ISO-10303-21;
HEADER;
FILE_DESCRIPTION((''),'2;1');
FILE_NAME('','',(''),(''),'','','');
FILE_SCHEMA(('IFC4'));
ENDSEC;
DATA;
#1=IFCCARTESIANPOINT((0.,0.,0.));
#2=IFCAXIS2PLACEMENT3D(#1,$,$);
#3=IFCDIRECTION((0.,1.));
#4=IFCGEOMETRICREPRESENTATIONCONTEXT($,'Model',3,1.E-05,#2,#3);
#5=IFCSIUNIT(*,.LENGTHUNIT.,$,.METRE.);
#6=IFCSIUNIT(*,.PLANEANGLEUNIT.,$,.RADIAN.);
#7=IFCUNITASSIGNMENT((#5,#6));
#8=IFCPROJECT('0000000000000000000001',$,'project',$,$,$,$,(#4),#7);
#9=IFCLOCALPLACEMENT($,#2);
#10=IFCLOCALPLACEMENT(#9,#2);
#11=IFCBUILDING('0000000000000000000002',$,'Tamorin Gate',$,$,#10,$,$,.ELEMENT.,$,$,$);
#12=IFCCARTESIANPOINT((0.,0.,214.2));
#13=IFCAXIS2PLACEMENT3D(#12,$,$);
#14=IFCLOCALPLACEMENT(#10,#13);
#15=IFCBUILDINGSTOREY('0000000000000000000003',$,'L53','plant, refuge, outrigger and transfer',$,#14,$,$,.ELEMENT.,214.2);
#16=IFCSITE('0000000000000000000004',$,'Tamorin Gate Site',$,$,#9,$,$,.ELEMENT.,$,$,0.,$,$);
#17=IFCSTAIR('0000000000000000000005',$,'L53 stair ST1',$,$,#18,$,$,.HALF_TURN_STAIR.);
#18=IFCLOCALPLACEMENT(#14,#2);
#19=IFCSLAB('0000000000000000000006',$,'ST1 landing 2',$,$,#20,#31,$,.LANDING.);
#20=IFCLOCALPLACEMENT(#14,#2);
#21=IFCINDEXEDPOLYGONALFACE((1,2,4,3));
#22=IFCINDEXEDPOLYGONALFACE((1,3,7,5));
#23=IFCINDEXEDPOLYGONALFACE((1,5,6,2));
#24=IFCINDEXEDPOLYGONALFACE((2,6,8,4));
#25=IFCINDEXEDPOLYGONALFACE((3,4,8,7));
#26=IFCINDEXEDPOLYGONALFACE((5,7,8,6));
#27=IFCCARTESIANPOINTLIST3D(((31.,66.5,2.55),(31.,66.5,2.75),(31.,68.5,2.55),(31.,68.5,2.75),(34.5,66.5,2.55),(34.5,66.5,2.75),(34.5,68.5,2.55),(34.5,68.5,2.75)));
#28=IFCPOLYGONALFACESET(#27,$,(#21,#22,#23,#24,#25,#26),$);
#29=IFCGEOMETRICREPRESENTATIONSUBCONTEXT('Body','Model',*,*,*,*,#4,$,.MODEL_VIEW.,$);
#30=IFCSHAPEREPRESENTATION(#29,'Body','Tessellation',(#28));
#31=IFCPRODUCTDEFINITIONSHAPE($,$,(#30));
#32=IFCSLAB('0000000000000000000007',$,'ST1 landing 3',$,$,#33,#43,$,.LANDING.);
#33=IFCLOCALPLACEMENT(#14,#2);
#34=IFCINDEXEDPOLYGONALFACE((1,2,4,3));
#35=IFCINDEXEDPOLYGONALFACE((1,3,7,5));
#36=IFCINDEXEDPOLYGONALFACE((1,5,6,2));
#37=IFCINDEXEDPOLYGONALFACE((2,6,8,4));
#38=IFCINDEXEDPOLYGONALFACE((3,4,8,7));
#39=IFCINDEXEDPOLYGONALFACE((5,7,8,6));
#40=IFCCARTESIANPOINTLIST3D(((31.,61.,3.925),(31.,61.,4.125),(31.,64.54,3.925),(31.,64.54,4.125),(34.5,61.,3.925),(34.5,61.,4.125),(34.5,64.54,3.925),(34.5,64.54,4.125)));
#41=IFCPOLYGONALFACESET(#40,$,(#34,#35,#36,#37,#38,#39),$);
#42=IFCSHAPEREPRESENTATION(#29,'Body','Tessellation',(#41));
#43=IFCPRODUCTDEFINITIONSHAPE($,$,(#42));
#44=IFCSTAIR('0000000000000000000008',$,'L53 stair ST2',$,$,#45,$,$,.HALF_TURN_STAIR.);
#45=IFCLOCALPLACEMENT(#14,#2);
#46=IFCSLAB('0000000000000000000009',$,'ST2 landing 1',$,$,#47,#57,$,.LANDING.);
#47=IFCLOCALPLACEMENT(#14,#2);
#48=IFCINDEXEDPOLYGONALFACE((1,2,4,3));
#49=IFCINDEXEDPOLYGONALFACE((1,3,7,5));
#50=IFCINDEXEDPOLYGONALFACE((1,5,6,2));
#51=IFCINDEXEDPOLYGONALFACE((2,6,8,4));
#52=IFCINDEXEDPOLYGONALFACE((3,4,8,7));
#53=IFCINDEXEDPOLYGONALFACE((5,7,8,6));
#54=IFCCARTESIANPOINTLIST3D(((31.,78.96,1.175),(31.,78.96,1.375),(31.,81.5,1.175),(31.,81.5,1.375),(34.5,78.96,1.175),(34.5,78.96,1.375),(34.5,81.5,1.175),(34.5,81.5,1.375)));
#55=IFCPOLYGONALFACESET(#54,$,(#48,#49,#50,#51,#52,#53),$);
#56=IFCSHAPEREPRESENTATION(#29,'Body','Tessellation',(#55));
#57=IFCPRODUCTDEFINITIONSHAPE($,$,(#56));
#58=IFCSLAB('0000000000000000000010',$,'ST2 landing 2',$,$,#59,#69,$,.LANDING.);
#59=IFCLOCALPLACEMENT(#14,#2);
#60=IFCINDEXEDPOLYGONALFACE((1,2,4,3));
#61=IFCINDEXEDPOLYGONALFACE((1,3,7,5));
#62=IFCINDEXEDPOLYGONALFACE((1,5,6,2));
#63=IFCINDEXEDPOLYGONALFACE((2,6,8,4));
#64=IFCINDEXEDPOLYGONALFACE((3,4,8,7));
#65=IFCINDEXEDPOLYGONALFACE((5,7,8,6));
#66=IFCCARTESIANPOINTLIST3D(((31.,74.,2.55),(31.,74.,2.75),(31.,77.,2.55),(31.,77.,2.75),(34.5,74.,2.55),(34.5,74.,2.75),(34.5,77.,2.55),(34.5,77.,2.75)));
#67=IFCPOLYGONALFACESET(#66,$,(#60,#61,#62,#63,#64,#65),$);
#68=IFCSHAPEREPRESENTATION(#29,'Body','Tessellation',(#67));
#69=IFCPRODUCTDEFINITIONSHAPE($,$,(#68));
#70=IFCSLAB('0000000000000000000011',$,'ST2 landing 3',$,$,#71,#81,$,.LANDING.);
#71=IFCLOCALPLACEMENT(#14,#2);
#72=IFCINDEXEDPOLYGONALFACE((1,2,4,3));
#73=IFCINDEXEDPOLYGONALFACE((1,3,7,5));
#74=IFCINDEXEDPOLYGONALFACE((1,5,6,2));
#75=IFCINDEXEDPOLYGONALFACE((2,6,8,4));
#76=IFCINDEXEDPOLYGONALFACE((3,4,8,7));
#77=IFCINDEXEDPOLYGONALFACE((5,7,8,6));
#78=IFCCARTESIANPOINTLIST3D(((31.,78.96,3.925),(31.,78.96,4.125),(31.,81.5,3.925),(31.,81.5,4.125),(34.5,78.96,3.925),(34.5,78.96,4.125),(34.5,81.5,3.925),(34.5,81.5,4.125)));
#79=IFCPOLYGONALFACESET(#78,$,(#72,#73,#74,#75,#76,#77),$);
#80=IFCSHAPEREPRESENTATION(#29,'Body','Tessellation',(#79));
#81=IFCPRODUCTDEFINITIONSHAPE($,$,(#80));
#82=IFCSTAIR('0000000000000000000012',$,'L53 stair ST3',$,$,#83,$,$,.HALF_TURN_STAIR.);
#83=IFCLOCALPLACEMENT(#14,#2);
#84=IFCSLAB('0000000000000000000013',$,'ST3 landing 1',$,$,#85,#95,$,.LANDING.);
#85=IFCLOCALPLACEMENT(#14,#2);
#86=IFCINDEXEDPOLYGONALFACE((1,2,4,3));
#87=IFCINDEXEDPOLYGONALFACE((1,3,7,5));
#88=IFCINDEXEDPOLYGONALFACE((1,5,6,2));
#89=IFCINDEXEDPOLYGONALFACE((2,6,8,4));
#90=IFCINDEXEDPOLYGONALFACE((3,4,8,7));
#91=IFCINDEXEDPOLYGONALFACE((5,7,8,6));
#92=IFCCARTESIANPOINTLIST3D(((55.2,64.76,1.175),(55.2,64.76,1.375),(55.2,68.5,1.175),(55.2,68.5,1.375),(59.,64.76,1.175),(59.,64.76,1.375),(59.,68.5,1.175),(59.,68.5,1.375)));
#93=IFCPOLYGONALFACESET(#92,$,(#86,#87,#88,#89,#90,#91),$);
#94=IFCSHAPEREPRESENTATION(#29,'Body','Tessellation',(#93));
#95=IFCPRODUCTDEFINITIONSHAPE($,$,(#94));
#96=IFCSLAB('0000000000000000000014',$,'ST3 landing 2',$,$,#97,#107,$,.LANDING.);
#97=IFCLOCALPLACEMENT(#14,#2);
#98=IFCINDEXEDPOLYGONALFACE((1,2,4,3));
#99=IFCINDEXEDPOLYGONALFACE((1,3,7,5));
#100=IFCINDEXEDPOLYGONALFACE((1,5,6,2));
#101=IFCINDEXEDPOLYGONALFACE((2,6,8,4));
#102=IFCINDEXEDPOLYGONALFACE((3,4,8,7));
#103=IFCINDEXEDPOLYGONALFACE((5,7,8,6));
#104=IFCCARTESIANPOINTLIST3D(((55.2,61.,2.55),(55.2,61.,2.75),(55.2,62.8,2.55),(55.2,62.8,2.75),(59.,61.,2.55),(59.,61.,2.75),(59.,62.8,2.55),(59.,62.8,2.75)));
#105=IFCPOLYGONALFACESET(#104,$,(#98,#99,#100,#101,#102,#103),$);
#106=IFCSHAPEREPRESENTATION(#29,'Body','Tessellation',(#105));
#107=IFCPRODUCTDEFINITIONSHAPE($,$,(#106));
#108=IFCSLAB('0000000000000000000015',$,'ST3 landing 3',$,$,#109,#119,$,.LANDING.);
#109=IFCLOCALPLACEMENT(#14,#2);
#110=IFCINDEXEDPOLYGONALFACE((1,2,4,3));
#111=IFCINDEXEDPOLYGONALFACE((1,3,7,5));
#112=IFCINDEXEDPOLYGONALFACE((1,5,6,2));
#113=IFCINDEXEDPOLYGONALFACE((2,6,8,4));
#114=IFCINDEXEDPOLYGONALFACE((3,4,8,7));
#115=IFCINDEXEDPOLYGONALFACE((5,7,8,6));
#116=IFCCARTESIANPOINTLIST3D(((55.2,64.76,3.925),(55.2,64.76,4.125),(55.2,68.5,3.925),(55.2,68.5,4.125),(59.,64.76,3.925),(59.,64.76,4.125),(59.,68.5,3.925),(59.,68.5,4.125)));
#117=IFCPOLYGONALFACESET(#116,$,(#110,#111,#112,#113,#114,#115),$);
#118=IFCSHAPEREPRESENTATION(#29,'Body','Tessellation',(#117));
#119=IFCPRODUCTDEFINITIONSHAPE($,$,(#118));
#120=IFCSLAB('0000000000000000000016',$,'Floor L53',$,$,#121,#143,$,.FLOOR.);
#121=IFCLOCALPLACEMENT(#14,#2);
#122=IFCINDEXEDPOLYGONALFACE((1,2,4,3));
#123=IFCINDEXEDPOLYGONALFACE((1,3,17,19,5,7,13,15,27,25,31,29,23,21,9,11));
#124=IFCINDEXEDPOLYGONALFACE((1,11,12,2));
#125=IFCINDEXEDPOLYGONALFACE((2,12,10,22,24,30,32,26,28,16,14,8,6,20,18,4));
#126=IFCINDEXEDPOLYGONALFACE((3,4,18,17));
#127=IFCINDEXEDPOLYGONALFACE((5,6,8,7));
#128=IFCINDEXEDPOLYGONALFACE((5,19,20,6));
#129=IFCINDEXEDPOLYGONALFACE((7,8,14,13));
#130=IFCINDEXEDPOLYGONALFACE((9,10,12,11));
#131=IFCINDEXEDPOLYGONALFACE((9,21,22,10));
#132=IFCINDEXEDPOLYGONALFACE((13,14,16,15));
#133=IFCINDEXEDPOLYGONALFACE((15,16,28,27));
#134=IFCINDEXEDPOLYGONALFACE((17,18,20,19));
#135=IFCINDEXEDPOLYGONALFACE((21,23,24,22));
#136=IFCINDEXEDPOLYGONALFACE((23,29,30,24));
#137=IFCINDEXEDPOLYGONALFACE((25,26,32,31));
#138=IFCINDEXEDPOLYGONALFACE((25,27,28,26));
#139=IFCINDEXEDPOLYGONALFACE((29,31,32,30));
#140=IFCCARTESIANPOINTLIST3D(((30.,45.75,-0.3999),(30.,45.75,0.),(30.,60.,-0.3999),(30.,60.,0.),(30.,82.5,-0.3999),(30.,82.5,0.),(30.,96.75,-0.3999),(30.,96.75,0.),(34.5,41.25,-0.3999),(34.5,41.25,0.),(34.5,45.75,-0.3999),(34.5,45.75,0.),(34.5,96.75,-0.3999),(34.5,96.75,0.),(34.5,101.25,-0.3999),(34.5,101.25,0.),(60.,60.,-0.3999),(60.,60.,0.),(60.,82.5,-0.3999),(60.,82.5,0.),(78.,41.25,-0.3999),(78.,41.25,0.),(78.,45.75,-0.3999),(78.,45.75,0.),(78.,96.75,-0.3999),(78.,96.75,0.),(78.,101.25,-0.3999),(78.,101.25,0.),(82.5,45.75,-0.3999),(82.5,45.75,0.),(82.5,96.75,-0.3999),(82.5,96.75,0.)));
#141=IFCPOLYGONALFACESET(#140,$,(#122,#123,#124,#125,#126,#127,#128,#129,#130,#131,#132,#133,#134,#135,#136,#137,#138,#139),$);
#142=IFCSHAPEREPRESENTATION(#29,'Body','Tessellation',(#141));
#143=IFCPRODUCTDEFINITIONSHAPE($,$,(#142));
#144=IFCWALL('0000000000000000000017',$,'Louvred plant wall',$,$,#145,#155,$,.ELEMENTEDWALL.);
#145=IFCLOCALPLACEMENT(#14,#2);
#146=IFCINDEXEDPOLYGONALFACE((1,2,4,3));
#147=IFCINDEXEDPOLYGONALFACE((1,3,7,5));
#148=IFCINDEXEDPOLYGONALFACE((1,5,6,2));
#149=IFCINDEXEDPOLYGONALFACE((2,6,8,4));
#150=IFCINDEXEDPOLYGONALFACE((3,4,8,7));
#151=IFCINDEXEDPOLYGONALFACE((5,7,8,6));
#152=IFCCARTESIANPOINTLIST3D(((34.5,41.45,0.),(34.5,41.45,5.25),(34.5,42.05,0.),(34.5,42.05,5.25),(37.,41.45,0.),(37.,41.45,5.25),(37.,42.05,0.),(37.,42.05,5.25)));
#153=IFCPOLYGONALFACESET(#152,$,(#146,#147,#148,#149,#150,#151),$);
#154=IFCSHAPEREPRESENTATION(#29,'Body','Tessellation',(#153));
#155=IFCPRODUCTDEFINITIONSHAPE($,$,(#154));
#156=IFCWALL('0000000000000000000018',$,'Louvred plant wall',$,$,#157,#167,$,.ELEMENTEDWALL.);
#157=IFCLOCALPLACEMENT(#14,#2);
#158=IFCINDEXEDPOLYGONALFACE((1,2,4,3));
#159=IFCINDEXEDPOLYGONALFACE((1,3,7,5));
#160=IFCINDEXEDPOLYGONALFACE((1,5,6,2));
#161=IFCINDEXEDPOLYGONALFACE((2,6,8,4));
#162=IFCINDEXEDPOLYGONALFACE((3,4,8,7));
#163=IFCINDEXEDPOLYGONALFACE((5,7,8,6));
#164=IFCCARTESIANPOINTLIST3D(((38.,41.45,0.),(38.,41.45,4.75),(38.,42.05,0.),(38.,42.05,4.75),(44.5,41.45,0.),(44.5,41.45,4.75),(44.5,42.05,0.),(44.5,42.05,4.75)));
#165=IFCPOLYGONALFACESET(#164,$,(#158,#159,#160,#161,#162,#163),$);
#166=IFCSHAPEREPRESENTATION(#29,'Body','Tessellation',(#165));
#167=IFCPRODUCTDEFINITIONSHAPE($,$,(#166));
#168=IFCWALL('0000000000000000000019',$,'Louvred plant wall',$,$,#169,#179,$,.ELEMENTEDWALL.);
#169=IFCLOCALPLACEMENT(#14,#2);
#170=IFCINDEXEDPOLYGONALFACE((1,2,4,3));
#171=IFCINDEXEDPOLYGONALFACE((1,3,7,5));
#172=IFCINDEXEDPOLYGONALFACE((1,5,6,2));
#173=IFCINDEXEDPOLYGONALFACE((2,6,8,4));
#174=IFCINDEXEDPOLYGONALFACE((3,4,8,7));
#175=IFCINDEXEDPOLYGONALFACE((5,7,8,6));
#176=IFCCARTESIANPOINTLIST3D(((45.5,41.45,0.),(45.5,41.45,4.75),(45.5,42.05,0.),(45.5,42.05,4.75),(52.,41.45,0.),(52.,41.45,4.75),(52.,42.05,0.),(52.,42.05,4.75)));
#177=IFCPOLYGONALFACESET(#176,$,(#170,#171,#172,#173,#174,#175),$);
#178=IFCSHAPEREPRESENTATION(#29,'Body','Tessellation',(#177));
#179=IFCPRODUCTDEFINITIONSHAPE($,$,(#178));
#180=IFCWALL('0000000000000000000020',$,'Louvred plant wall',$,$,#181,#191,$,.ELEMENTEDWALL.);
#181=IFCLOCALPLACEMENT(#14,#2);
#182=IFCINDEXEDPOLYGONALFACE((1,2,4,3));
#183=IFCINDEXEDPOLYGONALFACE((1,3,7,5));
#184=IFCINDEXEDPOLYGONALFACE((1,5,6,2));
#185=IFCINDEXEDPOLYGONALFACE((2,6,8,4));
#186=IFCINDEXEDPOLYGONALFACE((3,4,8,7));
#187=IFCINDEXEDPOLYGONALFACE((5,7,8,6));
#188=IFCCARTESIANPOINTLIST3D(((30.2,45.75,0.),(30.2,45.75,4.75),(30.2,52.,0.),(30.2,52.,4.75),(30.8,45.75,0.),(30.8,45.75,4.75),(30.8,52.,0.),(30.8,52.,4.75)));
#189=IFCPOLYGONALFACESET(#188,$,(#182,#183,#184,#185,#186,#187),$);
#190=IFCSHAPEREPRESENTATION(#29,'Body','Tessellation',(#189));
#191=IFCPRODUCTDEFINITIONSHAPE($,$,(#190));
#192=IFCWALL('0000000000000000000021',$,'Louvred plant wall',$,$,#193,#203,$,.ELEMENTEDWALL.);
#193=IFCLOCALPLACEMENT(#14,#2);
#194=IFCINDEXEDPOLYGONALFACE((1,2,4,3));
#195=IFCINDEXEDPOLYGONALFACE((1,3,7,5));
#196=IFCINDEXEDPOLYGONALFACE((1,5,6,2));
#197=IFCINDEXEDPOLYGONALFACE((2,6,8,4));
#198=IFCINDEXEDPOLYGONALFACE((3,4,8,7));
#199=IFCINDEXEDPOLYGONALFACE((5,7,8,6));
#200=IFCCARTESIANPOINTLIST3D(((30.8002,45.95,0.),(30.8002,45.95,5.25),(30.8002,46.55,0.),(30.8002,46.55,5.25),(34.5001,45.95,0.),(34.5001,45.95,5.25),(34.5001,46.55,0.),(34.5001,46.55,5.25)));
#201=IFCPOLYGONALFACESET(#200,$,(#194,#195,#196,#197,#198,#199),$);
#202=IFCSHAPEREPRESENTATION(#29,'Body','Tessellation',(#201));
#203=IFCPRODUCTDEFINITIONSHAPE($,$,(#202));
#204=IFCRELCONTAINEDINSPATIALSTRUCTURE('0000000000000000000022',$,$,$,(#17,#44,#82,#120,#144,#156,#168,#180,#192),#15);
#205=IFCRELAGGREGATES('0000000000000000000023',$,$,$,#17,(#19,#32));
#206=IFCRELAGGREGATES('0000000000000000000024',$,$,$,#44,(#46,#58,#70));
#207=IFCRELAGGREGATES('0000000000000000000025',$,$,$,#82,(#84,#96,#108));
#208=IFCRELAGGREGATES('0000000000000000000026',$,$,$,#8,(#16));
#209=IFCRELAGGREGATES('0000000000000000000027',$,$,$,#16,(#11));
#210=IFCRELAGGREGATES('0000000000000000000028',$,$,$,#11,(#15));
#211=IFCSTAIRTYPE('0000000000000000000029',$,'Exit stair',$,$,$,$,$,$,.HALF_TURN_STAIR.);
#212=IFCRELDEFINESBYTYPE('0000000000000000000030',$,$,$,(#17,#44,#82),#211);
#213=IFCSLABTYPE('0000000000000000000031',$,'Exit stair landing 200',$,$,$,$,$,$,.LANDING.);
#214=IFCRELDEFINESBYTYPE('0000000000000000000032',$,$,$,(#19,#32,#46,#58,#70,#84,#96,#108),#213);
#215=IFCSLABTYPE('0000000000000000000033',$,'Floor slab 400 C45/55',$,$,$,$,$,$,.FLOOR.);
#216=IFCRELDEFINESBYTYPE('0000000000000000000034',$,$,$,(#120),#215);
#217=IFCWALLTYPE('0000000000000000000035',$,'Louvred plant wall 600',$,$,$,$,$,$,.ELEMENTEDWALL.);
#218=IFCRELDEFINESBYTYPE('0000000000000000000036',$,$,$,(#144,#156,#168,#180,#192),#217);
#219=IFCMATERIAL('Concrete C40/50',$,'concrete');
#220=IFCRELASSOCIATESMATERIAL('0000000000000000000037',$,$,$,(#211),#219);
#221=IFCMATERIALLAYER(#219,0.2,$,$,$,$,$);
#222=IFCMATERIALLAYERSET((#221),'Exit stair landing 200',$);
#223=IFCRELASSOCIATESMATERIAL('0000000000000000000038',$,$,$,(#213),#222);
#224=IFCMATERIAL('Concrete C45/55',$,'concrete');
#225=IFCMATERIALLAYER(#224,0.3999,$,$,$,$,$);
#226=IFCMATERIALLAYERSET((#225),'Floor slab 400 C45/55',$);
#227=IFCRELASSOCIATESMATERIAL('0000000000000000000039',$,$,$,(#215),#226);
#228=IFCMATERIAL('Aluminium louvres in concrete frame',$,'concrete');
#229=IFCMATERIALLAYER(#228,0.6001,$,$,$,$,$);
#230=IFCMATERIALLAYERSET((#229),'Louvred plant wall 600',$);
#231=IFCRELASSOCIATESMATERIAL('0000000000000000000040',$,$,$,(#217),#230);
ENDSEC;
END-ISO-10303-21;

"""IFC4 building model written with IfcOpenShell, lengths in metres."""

from ifc_helpers import new_model, si_unit, direction, frame, frame_2d, origin, place, context, subcontext, project, spatial, polyline, rectangle, outline, extrude, material, layer, layer_set, type_object, element, aggregate, save


model = new_model("IFC4")

# Units and contexts
model_context = context("Model", 3, precision=1e-05, world=origin(), true_north=direction((0.0, 1.0)))
body_context = subcontext(model_context, "Body", "Model", "MODEL_VIEW")
ifc_project = project(units=[si_unit("LENGTHUNIT", "METRE"), si_unit("PLANEANGLEUNIT", "RADIAN")], contexts=[model_context])

# Site, building, storey
site_placement = place(None, origin())
site = spatial("IfcSite", under=ifc_project, at=site_placement, Name="Tamorin Gate Site", CompositionType="ELEMENT", RefElevation=0.0)
building_placement = place(site_placement, origin())
building = spatial("IfcBuilding", under=site, at=building_placement, Name="Tamorin Gate", CompositionType="ELEMENT")
storey_placement = place(building_placement, frame((0.0, 0.0, 214.2)))
storey = spatial("IfcBuildingStorey", under=building, at=storey_placement, Name="L53", Description="plant, refuge, outrigger and transfer", CompositionType="ELEMENT", Elevation=214.2)

# Shared definitions
ifc_material_1 = material(Name="Concrete C40/50", Category="concrete")

# Stairs, slabs
stair_type = type_object("IfcStairType", Name="Exit stair", PredefinedType="HALF_TURN_STAIR", material=ifc_material_1)
stair_1_placement = place(storey_placement, origin())
stair_1 = element("IfcStair", 1, at=stair_1_placement, inside=storey, type_object=stair_type, Name="L53 stair ST1", PredefinedType="HALF_TURN_STAIR")
ifc_layer_1 = layer(ifc_material_1, 0.2)
ifc_layer_set_1 = layer_set([ifc_layer_1], Name="Exit stair landing 200")
slab_type_1 = type_object("IfcSlabType", Name="Exit stair landing 200", PredefinedType="LANDING", material=ifc_layer_set_1)
slab_1_placement = place(storey_placement, frame((0.0, 0.0, 2.55)))
slab_1 = element("IfcSlab", 2, at=slab_1_placement, type_object=slab_type_1, Name="ST1 landing 2", PredefinedType="LANDING", context=body_context, shape_type="SweptSolid", body=[
    extrude(outline(polyline([(31.0, 68.5), (31.0, 66.5), (34.5, 66.5), (34.5, 68.5), (31.0, 68.5)])), origin(), (0.0, 0.0, 1.0), 0.2),
])
slab_2_placement = place(storey_placement, frame((0.0, 0.0, 3.925)))
slab_2 = element("IfcSlab", 3, at=slab_2_placement, type_object=slab_type_1, Name="ST1 landing 3", PredefinedType="LANDING", context=body_context, shape_type="SweptSolid", body=[
    extrude(outline(polyline([(31.0, 64.54), (31.0, 61.0), (34.5, 61.0), (34.5, 64.54), (31.0, 64.54)])), origin(), (0.0, 0.0, 1.0), 0.2),
])
aggregate(stair_1, [slab_1, slab_2])
stair_2_placement = place(storey_placement, origin())
stair_2 = element("IfcStair", 4, at=stair_2_placement, inside=storey, type_object=stair_type, Name="L53 stair ST2", PredefinedType="HALF_TURN_STAIR")
slab_3_placement = place(storey_placement, frame((0.0, 0.0, 1.175)))
slab_3 = element("IfcSlab", 5, at=slab_3_placement, type_object=slab_type_1, Name="ST2 landing 1", PredefinedType="LANDING", context=body_context, shape_type="SweptSolid", body=[
    extrude(outline(polyline([(34.5, 78.96), (34.5, 81.5), (31.0, 81.5), (31.0, 78.96), (34.5, 78.96)])), origin(), (0.0, 0.0, 1.0), 0.2),
])
slab_4_placement = place(storey_placement, frame((0.0, 0.0, 2.55)))
slab_4 = element("IfcSlab", 6, at=slab_4_placement, type_object=slab_type_1, Name="ST2 landing 2", PredefinedType="LANDING", context=body_context, shape_type="SweptSolid", body=[
    extrude(outline(polyline([(34.5, 74.0), (34.5, 77.0), (31.0, 77.0), (31.0, 74.0), (34.5, 74.0)])), origin(), (0.0, 0.0, 1.0), 0.2),
])
slab_5_placement = place(storey_placement, frame((0.0, 0.0, 3.925)))
slab_5 = element("IfcSlab", 7, at=slab_5_placement, type_object=slab_type_1, Name="ST2 landing 3", PredefinedType="LANDING", context=body_context, shape_type="SweptSolid", body=[
    extrude(outline(polyline([(34.5, 78.96), (34.5, 81.5), (31.0, 81.5), (31.0, 78.96), (34.5, 78.96)])), origin(), (0.0, 0.0, 1.0), 0.2),
])
aggregate(stair_2, [slab_3, slab_4, slab_5])
stair_3_placement = place(storey_placement, origin())
stair_3 = element("IfcStair", 8, at=stair_3_placement, inside=storey, type_object=stair_type, Name="L53 stair ST3", PredefinedType="HALF_TURN_STAIR")
slab_6_placement = place(storey_placement, frame((0.0, 0.0, 1.175)))
slab_6 = element("IfcSlab", 9, at=slab_6_placement, type_object=slab_type_1, Name="ST3 landing 1", PredefinedType="LANDING", context=body_context, shape_type="SweptSolid", body=[
    extrude(outline(polyline([(59.0, 64.76), (59.0, 68.5), (55.2, 68.5), (55.2, 64.76), (59.0, 64.76)])), origin(), (0.0, 0.0, 1.0), 0.2),
])
slab_7_placement = place(storey_placement, frame((0.0, 0.0, 2.55)))
slab_7 = element("IfcSlab", 10, at=slab_7_placement, type_object=slab_type_1, Name="ST3 landing 2", PredefinedType="LANDING", context=body_context, shape_type="SweptSolid", body=[
    extrude(outline(polyline([(59.0, 61.0), (59.0, 62.8), (55.2, 62.8), (55.2, 61.0), (59.0, 61.0)])), origin(), (0.0, 0.0, 1.0), 0.2),
])
slab_8_placement = place(storey_placement, frame((0.0, 0.0, 3.925)))
slab_8 = element("IfcSlab", 11, at=slab_8_placement, type_object=slab_type_1, Name="ST3 landing 3", PredefinedType="LANDING", context=body_context, shape_type="SweptSolid", body=[
    extrude(outline(polyline([(59.0, 64.76), (59.0, 68.5), (55.2, 68.5), (55.2, 64.76), (59.0, 64.76)])), origin(), (0.0, 0.0, 1.0), 0.2),
])
aggregate(stair_3, [slab_6, slab_7, slab_8])

# Slab
ifc_material_2 = material(Name="Concrete C45/55", Category="concrete")
ifc_layer_2 = layer(ifc_material_2, 0.3999)
ifc_layer_set_2 = layer_set([ifc_layer_2], Name="Floor slab 400 C45/55")
slab_type_2 = type_object("IfcSlabType", Name="Floor slab 400 C45/55", PredefinedType="FLOOR", material=ifc_layer_set_2)
slab_9_placement = place(storey_placement, frame((0.0, 0.0, -0.3999)))
element("IfcSlab", 12, at=slab_9_placement, inside=storey, type_object=slab_type_2, Name="Floor L53", PredefinedType="FLOOR", context=body_context, shape_type="SweptSolid", body=[
    extrude(outline(polyline([(30.0, 96.75), (34.5, 96.75), (34.5, 101.25), (78.0, 101.25), (78.0, 96.75), (82.5, 96.75), (82.5, 45.75), (78.0, 45.75), (78.0, 41.25), (34.5, 41.25), (34.5, 45.75), (30.0, 45.75), (30.0, 60.0), (60.0, 60.0), (60.0, 82.5), (30.0, 82.5), (30.0, 96.75)])), origin(), (0.0, 0.0, 1.0), 0.3999),
])

# Walls
ifc_material_3 = material(Name="Aluminium louvres in concrete frame", Category="concrete")
ifc_layer_3 = layer(ifc_material_3, 0.6001)
ifc_layer_set_3 = layer_set([ifc_layer_3], Name="Louvred plant wall 600")
wall_type_1 = type_object("IfcWallType", Name="Louvred plant wall 600", PredefinedType="ELEMENTEDWALL", material=ifc_layer_set_3)
wall_1_placement = place(storey_placement, frame((34.5, 41.75, 0.0), z_axis=(0.0, 0.0, 1.0), x_axis=(1.0, 0.0, 0.0)))
element("IfcWall", 13, at=wall_1_placement, inside=storey, type_object=wall_type_1, Name="Louvred plant wall", PredefinedType="ELEMENTEDWALL", context=body_context, shape_type="SweptSolid", body=[
    extrude(rectangle(XDim=2.5, YDim=0.6001, at=frame_2d((1.25, 0.0))), origin(), (0.0, 0.0, 1.0), 5.25),
])
for number, where, z_axis, x_axis, name in (
    (14, (38.0, 41.75, 0.0), (0.0, 0.0, 1.0), (1.0, 0.0, 0.0), "Louvred plant wall"),
    (15, (45.5, 41.75, 0.0), (0.0, 0.0, 1.0), (1.0, 0.0, 0.0), "Louvred plant wall"),
):
    element("IfcWall", number, at=place(storey_placement, frame(where, z_axis=z_axis, x_axis=x_axis)), inside=storey, type_object=wall_type_1, Name=name, PredefinedType="ELEMENTEDWALL", context=body_context, shape_type="SweptSolid", body=[
        extrude(rectangle(XDim=6.5, YDim=0.6001, at=frame_2d((3.25, 0.0))), origin(), (0.0, 0.0, 1.0), 4.75),
    ])
wall_2_placement = place(storey_placement, frame((30.5, 52.0, 0.0), z_axis=(0.0, 0.0, 1.0), x_axis=(0.0, -1.0, 0.0)))
element("IfcWall", 16, at=wall_2_placement, inside=storey, type_object=wall_type_1, Name="Louvred plant wall", PredefinedType="ELEMENTEDWALL", context=body_context, shape_type="SweptSolid", body=[
    extrude(rectangle(XDim=6.25, YDim=0.6001, at=frame_2d((3.125, 0.0))), origin(), (0.0, 0.0, 1.0), 4.75),
])
for number, where, z_axis, x_axis, name in (
    (17, (30.8, 46.25, 0.0), (0.0, 0.0, 1.0), (1.0, 0.0, 0.0), "Louvred plant wall"),
):
    element("IfcWall", number, at=place(storey_placement, frame(where, z_axis=z_axis, x_axis=x_axis)), inside=storey, type_object=wall_type_1, Name=name, PredefinedType="ELEMENTEDWALL", context=body_context, shape_type="SweptSolid", body=[
        extrude(rectangle(XDim=3.7, YDim=0.6001, at=frame_2d((1.8501, 0.0))), origin(), (0.0, 0.0, 1.0), 5.25),
    ])

save(model, "model.ifc")
